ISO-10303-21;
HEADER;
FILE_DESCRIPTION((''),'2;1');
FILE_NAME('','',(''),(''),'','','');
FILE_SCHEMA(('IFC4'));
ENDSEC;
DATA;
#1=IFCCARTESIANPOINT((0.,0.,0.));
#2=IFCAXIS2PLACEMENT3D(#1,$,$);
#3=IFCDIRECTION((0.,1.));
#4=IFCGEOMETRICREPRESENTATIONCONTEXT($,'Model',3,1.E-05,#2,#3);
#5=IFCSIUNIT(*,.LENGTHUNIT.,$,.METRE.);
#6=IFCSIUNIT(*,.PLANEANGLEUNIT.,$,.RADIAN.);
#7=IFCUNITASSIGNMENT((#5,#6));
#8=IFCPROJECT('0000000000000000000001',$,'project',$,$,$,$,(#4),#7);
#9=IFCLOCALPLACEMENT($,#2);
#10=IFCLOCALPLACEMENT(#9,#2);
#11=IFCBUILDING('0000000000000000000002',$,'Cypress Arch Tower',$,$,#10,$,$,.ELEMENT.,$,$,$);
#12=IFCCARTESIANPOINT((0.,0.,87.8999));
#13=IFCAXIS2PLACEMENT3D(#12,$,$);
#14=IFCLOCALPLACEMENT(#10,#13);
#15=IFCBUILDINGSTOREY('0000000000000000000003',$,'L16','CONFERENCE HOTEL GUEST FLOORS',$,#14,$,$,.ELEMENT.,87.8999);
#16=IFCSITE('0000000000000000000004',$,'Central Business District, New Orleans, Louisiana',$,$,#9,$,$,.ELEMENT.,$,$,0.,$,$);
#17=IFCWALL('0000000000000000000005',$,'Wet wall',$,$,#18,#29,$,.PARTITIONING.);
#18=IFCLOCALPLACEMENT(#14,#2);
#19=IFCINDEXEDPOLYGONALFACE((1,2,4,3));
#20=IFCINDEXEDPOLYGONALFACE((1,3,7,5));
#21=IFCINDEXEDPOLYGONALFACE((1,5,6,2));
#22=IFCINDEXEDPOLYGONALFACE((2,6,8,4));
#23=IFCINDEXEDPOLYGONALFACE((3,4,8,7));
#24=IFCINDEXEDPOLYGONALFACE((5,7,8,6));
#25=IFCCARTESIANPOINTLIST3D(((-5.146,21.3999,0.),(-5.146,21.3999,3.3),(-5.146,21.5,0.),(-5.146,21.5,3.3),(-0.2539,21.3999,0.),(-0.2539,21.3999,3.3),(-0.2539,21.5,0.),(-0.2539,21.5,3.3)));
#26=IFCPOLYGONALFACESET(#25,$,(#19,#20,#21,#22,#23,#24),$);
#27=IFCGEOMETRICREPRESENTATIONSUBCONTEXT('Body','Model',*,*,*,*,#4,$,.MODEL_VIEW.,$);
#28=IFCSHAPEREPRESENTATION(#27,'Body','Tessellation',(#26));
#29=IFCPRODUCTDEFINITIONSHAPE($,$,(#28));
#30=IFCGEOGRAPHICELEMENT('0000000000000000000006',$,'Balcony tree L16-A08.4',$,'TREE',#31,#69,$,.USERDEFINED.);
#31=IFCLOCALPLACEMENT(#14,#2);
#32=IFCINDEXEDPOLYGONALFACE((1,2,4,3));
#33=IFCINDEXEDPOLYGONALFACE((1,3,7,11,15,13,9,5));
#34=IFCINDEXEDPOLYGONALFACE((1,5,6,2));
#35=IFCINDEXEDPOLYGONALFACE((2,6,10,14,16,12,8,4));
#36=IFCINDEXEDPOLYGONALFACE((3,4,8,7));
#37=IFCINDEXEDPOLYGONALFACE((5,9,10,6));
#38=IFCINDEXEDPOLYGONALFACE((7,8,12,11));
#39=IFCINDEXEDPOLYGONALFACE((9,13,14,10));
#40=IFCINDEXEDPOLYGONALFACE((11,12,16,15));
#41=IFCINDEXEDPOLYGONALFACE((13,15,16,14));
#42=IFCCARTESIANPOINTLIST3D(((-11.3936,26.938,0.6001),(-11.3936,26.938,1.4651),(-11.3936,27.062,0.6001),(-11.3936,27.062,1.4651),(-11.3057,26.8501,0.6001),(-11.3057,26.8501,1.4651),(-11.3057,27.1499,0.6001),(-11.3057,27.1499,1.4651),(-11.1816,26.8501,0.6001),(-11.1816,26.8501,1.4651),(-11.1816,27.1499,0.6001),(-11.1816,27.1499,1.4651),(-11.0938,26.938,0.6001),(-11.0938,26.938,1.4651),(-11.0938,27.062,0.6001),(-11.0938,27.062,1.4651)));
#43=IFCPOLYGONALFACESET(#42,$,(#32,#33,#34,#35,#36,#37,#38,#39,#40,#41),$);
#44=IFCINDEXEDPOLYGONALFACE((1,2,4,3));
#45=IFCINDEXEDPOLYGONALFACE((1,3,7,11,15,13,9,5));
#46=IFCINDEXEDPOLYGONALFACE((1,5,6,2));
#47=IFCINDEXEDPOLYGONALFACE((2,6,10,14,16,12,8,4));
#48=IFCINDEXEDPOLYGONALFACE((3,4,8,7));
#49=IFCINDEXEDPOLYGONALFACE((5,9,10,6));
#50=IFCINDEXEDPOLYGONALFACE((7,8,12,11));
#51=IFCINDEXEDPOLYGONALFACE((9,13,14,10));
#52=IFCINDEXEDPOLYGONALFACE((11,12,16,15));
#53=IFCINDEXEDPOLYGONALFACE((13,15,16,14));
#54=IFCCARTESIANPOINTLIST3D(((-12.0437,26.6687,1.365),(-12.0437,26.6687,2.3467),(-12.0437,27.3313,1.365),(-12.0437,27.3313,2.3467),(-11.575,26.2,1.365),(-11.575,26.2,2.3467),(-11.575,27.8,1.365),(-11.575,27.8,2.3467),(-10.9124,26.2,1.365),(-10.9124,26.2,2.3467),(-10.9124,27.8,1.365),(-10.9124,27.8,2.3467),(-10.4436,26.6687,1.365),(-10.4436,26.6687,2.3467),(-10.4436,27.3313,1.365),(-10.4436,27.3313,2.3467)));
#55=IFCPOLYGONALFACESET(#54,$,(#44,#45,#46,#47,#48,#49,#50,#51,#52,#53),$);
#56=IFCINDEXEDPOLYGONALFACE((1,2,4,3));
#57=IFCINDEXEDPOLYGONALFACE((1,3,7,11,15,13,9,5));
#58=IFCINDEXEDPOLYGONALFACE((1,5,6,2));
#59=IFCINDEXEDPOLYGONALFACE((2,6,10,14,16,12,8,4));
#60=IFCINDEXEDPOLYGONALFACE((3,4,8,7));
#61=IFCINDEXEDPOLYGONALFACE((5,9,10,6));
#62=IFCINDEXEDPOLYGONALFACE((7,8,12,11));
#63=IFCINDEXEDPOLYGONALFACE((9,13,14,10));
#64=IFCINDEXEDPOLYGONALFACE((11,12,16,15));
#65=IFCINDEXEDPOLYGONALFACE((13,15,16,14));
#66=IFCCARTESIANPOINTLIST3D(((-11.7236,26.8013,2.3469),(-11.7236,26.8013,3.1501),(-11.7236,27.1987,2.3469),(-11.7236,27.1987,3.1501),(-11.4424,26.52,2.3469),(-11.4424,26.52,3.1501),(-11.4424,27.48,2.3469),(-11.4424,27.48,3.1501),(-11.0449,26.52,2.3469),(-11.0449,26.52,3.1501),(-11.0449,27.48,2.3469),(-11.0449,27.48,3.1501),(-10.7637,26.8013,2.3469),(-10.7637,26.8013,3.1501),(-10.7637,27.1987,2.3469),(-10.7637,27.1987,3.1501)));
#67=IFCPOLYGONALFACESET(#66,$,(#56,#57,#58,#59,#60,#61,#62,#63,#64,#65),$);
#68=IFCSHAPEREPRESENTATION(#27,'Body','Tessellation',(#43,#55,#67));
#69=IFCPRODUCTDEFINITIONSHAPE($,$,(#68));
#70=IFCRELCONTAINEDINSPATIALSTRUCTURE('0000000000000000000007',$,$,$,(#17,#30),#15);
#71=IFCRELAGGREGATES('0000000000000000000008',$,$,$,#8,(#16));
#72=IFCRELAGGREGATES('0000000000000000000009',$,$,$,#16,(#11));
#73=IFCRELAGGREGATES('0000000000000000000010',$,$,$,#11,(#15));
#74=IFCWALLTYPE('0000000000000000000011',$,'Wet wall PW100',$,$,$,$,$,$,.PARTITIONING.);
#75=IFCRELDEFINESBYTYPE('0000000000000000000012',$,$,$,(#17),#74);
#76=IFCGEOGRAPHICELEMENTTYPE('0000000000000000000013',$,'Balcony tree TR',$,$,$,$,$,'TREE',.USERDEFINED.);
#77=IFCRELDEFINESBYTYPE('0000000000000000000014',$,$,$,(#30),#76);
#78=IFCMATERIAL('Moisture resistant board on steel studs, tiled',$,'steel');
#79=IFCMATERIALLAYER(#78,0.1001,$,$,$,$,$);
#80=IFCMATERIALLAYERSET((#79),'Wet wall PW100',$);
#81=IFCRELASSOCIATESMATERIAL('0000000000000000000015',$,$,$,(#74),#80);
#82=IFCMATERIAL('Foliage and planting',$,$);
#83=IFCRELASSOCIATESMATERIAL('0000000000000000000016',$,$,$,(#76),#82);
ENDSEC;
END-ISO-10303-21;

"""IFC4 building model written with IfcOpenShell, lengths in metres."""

from ifc_helpers import new_model, si_unit, direction, frame, frame_2d, origin, place, context, subcontext, project, spatial, polyline, rectangle, outline, extrude, material, layer, layer_set, type_object, element, save


model = new_model("IFC4")

# Units and contexts
model_context = context("Model", 3, precision=1e-05, world=origin(), true_north=direction((0.0, 1.0)))
body_context = subcontext(model_context, "Body", "Model", "MODEL_VIEW")
ifc_project = project(units=[si_unit("LENGTHUNIT", "METRE"), si_unit("PLANEANGLEUNIT", "RADIAN")], contexts=[model_context])

# Site, building, storey
site_placement = place(None, origin())
site = spatial("IfcSite", under=ifc_project, at=site_placement, Name="Central Business District, New Orleans, Louisiana", CompositionType="ELEMENT", RefElevation=0.0)
building_placement = place(site_placement, origin())
building = spatial("IfcBuilding", under=site, at=building_placement, Name="Cypress Arch Tower", CompositionType="ELEMENT")
storey_placement = place(building_placement, frame((0.0, 0.0, 87.8999)))
storey = spatial("IfcBuildingStorey", under=building, at=storey_placement, Name="L16", Description="CONFERENCE HOTEL GUEST FLOORS", CompositionType="ELEMENT", Elevation=87.8999)

# Shared definitions
ifc_material_1 = material(Name="Moisture resistant board on steel studs, tiled", Category="steel")
ifc_layer_1 = layer(ifc_material_1, 0.1001)
ifc_layer_set_1 = layer_set([ifc_layer_1], Name="Wet wall PW100")
wall_type_1 = type_object("IfcWallType", Name="Wet wall PW100", PredefinedType="PARTITIONING", material=ifc_layer_set_1)

# Wall
wall_1_placement = place(storey_placement, frame((-5.146, 21.45, 0.0), z_axis=(0.0, 0.0, 1.0), x_axis=(1.0, 0.0, 0.0)))
element("IfcWall", 1, at=wall_1_placement, inside=storey, type_object=wall_type_1, Name="Wet wall", PredefinedType="PARTITIONING", context=body_context, shape_type="SweptSolid", body=[
    extrude(rectangle(XDim=4.8921, YDim=0.1001, at=frame_2d((2.446, 0.0))), origin(), (0.0, 0.0, 1.0), 3.3),
])

# Geographic element
ifc_material_2 = material(Name="Foliage and planting")
geographic_element_type = type_object("IfcGeographicElementType", Name="Balcony tree TR", ElementType="TREE", PredefinedType="USERDEFINED", material=ifc_material_2)
geographic_element_placement = place(storey_placement, frame((-11.2437, 27.0, 0.6001), z_axis=(0.0, 0.0, 1.0), x_axis=(1.0, 0.0, 0.0)))
element("IfcGeographicElement", 2, at=geographic_element_placement, inside=storey, type_object=geographic_element_type, Name="Balcony tree L16-A08.4", ObjectType="TREE", PredefinedType="USERDEFINED", context=body_context, shape_type="SweptSolid", body=[
    extrude(outline(polyline([(0.1499, 0.062), (0.062, 0.1499), (-0.062, 0.1499), (-0.1499, 0.062), (-0.1499, -0.062), (-0.062, -0.1499), (0.062, -0.1499), (0.1499, -0.062), (0.1499, 0.062)])), origin(), (0.0, 0.0, 1.0), 0.865),
    extrude(outline(polyline([(0.8, 0.3313), (0.3313, 0.8), (-0.3313, 0.8), (-0.8, 0.3313), (-0.8, -0.3313), (-0.3313, -0.8), (0.3313, -0.8), (0.8, -0.3313), (0.8, 0.3313)])), frame((0.0, 0.0, 0.7649)), (0.0, 0.0, 1.0), 0.9817),
    extrude(outline(polyline([(0.48, 0.1987), (0.1987, 0.48), (-0.1987, 0.48), (-0.48, 0.1987), (-0.48, -0.1987), (-0.1987, -0.48), (0.1987, -0.48), (0.48, -0.1987), (0.48, 0.1987)])), frame((0.0, 0.0, 1.7468)), (0.0, 0.0, 1.0), 0.8032),
])

save(model, "model.ifc")
